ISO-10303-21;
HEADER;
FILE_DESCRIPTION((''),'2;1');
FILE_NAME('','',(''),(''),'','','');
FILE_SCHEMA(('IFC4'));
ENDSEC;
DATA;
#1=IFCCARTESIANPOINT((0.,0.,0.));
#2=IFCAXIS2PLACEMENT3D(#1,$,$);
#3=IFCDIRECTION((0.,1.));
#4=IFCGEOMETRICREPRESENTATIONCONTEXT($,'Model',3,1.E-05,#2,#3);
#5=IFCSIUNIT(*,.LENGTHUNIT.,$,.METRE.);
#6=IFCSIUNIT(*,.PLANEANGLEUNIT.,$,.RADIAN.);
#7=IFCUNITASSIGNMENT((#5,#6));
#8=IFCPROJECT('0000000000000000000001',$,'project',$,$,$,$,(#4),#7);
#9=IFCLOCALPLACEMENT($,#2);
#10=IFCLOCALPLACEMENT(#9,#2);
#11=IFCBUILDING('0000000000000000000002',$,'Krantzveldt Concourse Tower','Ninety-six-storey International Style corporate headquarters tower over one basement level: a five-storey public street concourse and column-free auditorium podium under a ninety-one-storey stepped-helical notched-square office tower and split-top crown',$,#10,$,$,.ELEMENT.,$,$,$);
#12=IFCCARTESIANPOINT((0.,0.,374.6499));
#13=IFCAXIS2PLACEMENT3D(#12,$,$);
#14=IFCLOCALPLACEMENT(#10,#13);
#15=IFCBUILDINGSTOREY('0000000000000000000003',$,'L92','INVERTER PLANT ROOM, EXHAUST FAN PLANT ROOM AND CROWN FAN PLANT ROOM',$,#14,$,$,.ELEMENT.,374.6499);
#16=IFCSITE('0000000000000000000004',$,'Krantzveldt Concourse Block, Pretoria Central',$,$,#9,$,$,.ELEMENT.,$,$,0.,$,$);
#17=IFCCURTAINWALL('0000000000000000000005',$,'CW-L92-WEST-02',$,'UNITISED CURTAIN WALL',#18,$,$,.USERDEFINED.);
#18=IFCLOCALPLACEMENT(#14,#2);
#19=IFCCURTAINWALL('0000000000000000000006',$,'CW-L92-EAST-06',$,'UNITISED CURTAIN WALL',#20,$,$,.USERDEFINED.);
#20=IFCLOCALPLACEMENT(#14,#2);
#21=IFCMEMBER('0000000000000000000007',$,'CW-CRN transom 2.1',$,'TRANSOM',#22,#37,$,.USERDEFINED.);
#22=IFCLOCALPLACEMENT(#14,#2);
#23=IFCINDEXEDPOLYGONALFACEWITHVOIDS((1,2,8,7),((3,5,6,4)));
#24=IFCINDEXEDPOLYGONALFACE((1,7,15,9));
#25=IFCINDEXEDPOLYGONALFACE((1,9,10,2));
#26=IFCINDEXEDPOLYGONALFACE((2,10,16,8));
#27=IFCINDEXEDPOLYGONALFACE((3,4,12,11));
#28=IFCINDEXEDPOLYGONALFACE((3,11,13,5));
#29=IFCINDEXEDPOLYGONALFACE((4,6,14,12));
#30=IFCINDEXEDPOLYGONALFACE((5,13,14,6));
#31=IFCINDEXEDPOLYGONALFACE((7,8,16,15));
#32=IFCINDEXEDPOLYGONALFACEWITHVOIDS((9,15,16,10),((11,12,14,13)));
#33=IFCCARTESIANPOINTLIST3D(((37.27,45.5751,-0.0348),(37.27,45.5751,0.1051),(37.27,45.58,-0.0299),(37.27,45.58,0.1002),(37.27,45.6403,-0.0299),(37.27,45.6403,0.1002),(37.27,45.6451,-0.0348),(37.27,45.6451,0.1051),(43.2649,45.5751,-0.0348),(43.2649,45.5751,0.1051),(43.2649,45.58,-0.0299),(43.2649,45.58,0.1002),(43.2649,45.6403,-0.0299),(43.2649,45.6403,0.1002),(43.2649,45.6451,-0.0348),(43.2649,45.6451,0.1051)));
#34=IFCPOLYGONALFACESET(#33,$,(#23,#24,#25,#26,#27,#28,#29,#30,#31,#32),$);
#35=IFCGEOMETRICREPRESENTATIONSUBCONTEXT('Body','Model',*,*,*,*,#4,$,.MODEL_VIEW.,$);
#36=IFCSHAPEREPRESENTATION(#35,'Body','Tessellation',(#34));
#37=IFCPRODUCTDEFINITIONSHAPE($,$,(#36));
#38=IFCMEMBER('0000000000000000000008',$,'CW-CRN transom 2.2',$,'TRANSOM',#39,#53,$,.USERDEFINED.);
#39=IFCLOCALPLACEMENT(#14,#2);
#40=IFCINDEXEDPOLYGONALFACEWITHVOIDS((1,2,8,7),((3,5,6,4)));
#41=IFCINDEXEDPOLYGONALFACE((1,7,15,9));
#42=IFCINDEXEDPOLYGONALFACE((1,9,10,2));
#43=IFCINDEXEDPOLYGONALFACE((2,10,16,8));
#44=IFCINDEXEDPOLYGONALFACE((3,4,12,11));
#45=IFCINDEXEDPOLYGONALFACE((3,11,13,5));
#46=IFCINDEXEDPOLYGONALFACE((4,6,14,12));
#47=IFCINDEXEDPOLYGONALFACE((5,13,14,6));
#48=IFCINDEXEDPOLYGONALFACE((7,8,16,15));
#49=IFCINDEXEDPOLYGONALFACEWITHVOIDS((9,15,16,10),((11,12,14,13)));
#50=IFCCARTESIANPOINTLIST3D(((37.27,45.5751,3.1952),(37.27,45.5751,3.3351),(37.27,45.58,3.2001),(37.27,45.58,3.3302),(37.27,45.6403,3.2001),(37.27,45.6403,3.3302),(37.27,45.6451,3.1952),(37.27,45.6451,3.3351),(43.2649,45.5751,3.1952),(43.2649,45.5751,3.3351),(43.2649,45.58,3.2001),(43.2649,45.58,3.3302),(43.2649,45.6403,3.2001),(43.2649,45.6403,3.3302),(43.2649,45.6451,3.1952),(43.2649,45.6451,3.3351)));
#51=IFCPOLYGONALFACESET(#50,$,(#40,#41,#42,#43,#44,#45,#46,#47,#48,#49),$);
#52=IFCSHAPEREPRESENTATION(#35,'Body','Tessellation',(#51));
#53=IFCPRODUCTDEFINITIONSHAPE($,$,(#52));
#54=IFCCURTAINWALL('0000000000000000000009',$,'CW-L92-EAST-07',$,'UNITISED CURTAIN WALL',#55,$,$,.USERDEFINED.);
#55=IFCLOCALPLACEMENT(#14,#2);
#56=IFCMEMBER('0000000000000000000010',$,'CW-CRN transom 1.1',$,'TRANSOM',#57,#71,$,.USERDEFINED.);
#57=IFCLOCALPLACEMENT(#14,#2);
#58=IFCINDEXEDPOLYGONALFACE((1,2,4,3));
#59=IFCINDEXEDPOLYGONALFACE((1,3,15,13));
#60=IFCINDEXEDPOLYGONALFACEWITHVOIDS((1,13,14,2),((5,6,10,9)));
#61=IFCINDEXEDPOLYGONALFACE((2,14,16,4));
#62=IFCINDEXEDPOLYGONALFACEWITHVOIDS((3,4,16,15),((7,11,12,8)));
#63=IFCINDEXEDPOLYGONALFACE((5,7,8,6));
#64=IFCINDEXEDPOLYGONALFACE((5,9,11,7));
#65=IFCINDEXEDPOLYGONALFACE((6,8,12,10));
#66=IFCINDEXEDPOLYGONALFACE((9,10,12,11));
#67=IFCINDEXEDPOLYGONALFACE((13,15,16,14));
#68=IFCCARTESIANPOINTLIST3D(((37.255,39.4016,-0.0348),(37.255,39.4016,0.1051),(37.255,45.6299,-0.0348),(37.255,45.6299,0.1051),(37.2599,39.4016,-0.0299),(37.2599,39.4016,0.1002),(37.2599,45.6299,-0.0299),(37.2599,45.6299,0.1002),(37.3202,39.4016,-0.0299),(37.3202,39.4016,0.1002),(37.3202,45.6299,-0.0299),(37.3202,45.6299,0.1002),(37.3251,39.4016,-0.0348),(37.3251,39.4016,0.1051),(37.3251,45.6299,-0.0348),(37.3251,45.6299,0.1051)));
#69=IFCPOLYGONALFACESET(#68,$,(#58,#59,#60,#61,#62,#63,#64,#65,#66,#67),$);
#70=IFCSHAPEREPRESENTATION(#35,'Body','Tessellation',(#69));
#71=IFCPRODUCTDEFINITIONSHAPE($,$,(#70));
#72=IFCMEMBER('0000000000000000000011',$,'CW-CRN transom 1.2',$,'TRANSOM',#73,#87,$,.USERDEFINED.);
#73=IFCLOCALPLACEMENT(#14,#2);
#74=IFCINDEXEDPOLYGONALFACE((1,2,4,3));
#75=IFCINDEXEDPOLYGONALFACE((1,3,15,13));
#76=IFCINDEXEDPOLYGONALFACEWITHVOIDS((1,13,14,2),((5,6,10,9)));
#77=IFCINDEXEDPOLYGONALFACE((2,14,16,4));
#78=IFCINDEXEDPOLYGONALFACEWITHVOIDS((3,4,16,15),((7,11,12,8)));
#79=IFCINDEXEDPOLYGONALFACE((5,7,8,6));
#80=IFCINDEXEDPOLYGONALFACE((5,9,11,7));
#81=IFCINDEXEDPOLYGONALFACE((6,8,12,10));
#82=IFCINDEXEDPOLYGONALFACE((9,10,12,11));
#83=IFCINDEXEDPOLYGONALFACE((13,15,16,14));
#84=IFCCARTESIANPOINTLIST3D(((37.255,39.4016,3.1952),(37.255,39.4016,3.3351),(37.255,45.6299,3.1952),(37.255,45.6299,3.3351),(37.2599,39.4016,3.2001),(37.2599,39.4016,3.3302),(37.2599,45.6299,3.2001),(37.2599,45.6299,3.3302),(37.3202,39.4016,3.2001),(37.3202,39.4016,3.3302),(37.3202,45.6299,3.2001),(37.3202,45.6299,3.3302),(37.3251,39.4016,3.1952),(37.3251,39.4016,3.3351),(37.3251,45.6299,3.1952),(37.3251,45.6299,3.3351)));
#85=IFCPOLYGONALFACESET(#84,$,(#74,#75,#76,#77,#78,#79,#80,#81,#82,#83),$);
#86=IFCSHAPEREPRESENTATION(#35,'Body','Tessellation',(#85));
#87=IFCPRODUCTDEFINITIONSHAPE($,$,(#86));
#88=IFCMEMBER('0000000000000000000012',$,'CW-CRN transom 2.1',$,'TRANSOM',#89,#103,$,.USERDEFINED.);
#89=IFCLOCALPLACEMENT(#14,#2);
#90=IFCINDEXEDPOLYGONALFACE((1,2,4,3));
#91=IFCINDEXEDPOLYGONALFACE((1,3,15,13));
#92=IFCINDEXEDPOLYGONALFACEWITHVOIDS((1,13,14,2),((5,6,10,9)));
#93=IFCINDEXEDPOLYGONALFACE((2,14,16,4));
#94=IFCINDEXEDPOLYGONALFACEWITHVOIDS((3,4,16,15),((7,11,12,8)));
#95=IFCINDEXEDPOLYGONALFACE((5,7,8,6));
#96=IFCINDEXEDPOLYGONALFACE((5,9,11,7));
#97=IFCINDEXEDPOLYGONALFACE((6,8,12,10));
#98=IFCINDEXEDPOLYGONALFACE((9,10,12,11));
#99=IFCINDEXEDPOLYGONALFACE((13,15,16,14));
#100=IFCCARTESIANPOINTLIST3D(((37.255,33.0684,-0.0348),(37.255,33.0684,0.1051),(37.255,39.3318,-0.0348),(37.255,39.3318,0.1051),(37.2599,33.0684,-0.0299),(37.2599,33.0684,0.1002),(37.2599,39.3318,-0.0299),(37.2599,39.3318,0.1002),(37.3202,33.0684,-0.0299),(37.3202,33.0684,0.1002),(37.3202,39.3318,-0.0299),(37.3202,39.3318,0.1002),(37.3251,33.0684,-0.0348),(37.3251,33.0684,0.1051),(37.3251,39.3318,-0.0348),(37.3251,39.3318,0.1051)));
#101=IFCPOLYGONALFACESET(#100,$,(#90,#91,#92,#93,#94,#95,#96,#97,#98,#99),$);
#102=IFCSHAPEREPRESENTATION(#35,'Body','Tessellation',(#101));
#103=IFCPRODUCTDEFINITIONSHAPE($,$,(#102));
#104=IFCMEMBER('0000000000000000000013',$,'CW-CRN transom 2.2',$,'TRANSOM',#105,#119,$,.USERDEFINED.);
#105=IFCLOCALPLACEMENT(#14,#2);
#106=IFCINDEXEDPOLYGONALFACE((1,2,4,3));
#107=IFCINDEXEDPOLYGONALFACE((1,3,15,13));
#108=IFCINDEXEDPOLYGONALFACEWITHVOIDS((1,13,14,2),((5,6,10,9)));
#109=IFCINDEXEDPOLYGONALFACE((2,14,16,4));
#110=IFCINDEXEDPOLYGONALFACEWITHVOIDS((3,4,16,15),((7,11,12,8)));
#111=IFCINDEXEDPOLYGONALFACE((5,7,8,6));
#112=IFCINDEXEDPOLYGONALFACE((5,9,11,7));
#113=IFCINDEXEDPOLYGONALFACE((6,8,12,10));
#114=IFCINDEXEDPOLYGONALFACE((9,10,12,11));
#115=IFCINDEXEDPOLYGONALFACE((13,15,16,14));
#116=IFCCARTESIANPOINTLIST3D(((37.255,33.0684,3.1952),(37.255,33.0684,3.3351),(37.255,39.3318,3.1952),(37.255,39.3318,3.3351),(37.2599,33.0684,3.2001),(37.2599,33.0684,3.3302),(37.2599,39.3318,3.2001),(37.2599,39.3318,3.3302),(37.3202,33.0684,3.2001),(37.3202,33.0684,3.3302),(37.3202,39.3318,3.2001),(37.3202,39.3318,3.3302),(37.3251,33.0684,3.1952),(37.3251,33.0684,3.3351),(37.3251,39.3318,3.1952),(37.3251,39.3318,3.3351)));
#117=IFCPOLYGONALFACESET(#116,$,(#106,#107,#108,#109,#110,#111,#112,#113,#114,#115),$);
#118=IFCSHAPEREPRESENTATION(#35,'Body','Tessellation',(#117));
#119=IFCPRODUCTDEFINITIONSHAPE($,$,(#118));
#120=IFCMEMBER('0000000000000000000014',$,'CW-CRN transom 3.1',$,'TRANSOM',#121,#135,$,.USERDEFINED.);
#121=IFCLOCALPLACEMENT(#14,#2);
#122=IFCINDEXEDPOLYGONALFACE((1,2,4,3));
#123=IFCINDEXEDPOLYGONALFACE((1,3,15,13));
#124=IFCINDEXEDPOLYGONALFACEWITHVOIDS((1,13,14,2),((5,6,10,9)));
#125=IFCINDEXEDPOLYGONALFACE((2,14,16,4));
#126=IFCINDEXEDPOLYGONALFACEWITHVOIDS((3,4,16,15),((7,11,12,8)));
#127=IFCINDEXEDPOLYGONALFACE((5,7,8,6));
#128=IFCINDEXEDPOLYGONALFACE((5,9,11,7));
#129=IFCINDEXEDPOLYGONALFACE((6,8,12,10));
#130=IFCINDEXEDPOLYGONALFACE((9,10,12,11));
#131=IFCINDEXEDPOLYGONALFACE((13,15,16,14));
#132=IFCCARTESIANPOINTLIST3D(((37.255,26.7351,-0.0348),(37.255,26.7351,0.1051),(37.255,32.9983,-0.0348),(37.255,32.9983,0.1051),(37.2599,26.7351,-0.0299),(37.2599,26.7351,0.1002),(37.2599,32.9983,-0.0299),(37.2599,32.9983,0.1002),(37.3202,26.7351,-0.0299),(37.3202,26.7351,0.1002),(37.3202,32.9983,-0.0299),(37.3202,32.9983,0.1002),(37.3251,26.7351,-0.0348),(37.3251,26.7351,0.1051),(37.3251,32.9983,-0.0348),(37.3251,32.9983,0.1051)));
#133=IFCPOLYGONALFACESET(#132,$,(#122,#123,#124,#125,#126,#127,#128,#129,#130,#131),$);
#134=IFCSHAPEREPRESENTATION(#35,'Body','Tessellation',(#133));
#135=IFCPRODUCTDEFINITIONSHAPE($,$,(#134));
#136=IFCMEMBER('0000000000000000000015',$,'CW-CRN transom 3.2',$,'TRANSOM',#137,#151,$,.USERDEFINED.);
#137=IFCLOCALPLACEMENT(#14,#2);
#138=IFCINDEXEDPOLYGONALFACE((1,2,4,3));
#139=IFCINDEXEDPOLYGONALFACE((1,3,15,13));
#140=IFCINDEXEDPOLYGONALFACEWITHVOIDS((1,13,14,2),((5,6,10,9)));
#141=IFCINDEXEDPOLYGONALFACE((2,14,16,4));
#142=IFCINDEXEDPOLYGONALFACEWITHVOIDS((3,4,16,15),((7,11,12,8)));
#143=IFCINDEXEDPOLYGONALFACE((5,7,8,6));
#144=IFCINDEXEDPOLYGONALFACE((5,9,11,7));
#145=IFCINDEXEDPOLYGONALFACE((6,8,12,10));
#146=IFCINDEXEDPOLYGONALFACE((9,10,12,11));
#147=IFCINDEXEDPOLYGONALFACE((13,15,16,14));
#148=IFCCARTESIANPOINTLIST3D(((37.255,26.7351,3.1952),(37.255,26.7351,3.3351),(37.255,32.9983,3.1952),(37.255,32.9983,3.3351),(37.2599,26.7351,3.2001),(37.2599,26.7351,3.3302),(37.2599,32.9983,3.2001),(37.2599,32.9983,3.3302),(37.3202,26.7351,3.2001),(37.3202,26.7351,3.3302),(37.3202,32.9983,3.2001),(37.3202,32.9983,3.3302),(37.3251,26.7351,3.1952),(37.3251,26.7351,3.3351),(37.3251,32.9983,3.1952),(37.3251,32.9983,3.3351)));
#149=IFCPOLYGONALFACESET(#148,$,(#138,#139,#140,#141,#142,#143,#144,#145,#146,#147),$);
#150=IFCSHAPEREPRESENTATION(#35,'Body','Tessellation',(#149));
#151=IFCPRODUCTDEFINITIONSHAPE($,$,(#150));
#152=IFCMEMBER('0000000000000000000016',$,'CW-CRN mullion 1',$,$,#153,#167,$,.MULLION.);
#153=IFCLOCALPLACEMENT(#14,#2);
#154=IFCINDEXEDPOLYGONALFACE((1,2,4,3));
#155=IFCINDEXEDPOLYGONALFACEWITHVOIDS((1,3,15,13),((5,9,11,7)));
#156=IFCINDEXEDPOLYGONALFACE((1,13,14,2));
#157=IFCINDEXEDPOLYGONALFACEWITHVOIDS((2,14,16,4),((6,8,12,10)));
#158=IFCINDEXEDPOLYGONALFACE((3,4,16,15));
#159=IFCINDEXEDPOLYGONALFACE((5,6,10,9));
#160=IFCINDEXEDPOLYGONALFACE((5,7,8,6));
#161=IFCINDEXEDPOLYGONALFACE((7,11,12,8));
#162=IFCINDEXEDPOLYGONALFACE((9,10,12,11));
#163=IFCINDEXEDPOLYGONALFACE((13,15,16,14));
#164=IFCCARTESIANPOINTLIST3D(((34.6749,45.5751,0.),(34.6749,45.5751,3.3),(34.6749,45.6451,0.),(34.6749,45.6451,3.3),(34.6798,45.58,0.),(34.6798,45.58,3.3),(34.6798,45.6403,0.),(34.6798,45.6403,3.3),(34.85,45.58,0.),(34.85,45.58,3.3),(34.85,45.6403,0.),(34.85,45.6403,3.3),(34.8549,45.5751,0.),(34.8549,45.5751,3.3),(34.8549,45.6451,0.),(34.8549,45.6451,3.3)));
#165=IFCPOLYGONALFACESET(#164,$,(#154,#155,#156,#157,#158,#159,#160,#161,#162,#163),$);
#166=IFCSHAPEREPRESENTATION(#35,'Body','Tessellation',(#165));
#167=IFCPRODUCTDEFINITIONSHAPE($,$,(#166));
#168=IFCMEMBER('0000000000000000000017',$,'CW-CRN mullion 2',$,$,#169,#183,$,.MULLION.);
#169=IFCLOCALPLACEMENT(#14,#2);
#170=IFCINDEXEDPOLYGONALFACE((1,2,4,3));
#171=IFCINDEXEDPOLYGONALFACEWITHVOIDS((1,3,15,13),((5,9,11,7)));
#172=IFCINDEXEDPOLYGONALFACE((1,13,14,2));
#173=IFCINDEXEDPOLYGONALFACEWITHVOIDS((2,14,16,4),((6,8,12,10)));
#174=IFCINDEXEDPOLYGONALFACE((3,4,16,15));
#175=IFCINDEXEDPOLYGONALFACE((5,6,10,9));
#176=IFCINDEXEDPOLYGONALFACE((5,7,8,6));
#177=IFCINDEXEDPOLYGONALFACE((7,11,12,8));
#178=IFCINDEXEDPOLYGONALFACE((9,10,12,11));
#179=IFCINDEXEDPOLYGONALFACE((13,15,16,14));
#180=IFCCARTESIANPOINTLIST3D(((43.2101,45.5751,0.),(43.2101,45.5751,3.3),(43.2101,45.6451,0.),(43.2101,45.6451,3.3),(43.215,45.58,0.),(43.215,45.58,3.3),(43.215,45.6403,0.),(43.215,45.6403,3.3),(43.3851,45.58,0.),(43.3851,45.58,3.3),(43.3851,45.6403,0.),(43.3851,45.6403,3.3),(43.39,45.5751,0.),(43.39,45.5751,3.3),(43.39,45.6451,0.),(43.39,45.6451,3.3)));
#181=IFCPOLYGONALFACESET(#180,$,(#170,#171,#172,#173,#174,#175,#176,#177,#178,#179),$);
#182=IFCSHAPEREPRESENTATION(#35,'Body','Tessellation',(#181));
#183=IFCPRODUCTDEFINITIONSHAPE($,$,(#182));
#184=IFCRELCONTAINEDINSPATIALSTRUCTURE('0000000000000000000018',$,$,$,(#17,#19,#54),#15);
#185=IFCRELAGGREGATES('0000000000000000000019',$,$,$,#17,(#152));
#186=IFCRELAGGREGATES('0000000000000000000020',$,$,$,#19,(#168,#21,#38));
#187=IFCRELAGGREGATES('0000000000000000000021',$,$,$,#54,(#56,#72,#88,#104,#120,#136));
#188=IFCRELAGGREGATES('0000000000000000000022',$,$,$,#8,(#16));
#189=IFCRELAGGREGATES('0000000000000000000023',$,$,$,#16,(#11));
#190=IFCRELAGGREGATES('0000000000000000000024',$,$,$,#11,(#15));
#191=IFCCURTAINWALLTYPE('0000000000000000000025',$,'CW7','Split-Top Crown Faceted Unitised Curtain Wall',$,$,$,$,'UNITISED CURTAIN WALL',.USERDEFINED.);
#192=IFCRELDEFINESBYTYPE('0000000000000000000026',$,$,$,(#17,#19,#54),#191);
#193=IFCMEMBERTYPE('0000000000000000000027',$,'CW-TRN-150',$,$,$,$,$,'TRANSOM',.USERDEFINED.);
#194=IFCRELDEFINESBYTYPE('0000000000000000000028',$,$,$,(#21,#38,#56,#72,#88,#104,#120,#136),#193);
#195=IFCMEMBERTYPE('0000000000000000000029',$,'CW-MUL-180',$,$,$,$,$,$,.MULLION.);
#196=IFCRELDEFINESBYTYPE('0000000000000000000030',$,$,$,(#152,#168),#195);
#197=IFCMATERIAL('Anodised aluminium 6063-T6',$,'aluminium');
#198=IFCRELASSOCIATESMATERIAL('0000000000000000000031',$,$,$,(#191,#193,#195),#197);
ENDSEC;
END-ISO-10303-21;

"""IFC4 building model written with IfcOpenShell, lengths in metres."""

from ifc_helpers import new_model, si_unit, direction, frame, origin, origin_2d, place, context, subcontext, project, spatial, hollow_rectangle, extrude, source, transform, mapped, material, material_profile, profile_set, type_object, type_shapes, element, aggregate, save


model = new_model("IFC4")

# Units and contexts
model_context = context("Model", 3, precision=1e-05, world=origin(), true_north=direction((0.0, 1.0)))
body_context = subcontext(model_context, "Body", "Model", "MODEL_VIEW")
ifc_project = project(units=[si_unit("LENGTHUNIT", "METRE"), si_unit("PLANEANGLEUNIT", "RADIAN")], contexts=[model_context])

# Site, building, storey
site_placement = place(None, origin())
site = spatial("IfcSite", under=ifc_project, at=site_placement, Name="Krantzveldt Concourse Block, Pretoria Central", CompositionType="ELEMENT", RefElevation=0.0)
building_placement = place(site_placement, origin())
building = spatial("IfcBuilding", under=site, at=building_placement, Name="Krantzveldt Concourse Tower", Description="Ninety-six-storey International Style corporate headquarters tower over one basement level: a five-storey public street concourse and column-free auditorium podium under a ninety-one-storey stepped-helical notched-square office tower and split-top crown", CompositionType="ELEMENT")
storey_placement = place(building_placement, frame((0.0, 0.0, 374.6499)))
storey = spatial("IfcBuildingStorey", under=building, at=storey_placement, Name="L92", Description="INVERTER PLANT ROOM, EXHAUST FAN PLANT ROOM AND CROWN FAN PLANT ROOM", CompositionType="ELEMENT", Elevation=374.6499)

# Curtain wall
ifc_material_1 = material(Name="Anodised aluminium 6063-T6", Category="aluminium")
curtain_wall_type = type_object("IfcCurtainWallType", Name="CW7", Description="Split-Top Crown Faceted Unitised Curtain Wall", ElementType="UNITISED CURTAIN WALL", PredefinedType="USERDEFINED", material=ifc_material_1)
curtain_wall_1_placement = place(storey_placement, origin())
curtain_wall_1 = element("IfcCurtainWall", 1, at=curtain_wall_1_placement, inside=storey, type_object=curtain_wall_type, Name="CW-L92-WEST-02", ObjectType="UNITISED CURTAIN WALL", PredefinedType="USERDEFINED")
ifc_material_profile_1 = material_profile(ifc_material_1, hollow_rectangle(XDim=0.0701, YDim=0.1399, WallThickness=0.0049, at=origin_2d()), Name="Anodised aluminium 6063-T6", Category="aluminium")
ifc_profile_set_1 = profile_set([ifc_material_profile_1], Name="Anodised aluminium 6063-T6 - ALU-TRAN 140x70x5")
member_type_1 = type_object("IfcMemberType", Name="CW-TRN-150", ElementType="TRANSOM", PredefinedType="USERDEFINED", material=ifc_profile_set_1)
shared_shape_1 = source(origin(), body_context, "Body", "SweptSolid", [
    extrude(hollow_rectangle(XDim=0.0701, YDim=0.1399, WallThickness=0.0049, at=origin_2d()), origin(), (0.0, 0.0, 1.0), 5.9949),
])

# Curtain walls, members
curtain_wall_2_placement = place(storey_placement, origin())
curtain_wall_2 = element("IfcCurtainWall", 2, at=curtain_wall_2_placement, inside=storey, type_object=curtain_wall_type, Name="CW-L92-EAST-06", ObjectType="UNITISED CURTAIN WALL", PredefinedType="USERDEFINED")
member_1_placement = place(storey_placement, frame((43.2649, 45.6101, 0.0352), z_axis=(-1.0, 0.0, 0.0), x_axis=(0.0, -1.0, 0.0)))
member_1 = element("IfcMember", 3, at=member_1_placement, type_object=member_type_1, Name="CW-CRN transom 2.1", ObjectType="TRANSOM", PredefinedType="USERDEFINED", context=body_context, shape_type="MappedRepresentation", body=[
    mapped(shared_shape_1, transform((0.0, 0.0, 0.0), x_axis=(1.0, 0.0, 0.0), y_axis=(0.0, 1.0, 0.0), z_axis=(0.0, 0.0, 1.0), scale=1.0)),
])
member_2_placement = place(storey_placement, frame((43.2649, 45.6101, 3.2651), z_axis=(-1.0, 0.0, 0.0), x_axis=(0.0, -1.0, 0.0)))
member_2 = element("IfcMember", 4, at=member_2_placement, type_object=member_type_1, Name="CW-CRN transom 2.2", ObjectType="TRANSOM", PredefinedType="USERDEFINED", context=body_context, shape_type="MappedRepresentation", body=[
    mapped(shared_shape_1, transform((0.0, 0.0, 0.0), x_axis=(1.0, 0.0, 0.0), y_axis=(0.0, 1.0, 0.0), z_axis=(0.0, 0.0, 1.0), scale=1.0)),
])
curtain_wall_3_placement = place(storey_placement, origin())
curtain_wall_3 = element("IfcCurtainWall", 5, at=curtain_wall_3_placement, inside=storey, type_object=curtain_wall_type, Name="CW-L92-EAST-07", ObjectType="UNITISED CURTAIN WALL", PredefinedType="USERDEFINED")
shared_shape_2 = source(origin(), body_context, "Body", "SweptSolid", [
    extrude(hollow_rectangle(XDim=0.0701, YDim=0.1399, WallThickness=0.0049, at=origin_2d()), origin(), (0.0, 0.0, 1.0), 6.2283),
])
member_3_placement = place(storey_placement, frame((37.29, 45.6299, 0.0352), z_axis=(0.0, -1.0, 0.0), x_axis=(1.0, 0.0, 0.0)))
member_3 = element("IfcMember", 6, at=member_3_placement, type_object=member_type_1, Name="CW-CRN transom 1.1", ObjectType="TRANSOM", PredefinedType="USERDEFINED", context=body_context, shape_type="MappedRepresentation", body=[
    mapped(shared_shape_2, transform((0.0, 0.0, 0.0), x_axis=(1.0, 0.0, 0.0), y_axis=(0.0, 1.0, 0.0), z_axis=(0.0, 0.0, 1.0), scale=1.0)),
])
member_4_placement = place(storey_placement, frame((37.29, 45.6299, 3.2651), z_axis=(0.0, -1.0, 0.0), x_axis=(1.0, 0.0, 0.0)))
member_4 = element("IfcMember", 7, at=member_4_placement, type_object=member_type_1, Name="CW-CRN transom 1.2", ObjectType="TRANSOM", PredefinedType="USERDEFINED", context=body_context, shape_type="MappedRepresentation", body=[
    mapped(shared_shape_2, transform((0.0, 0.0, 0.0), x_axis=(1.0, 0.0, 0.0), y_axis=(0.0, 1.0, 0.0), z_axis=(0.0, 0.0, 1.0), scale=1.0)),
])
shared_shape_3 = source(origin(), body_context, "Body", "SweptSolid", [
    extrude(hollow_rectangle(XDim=0.0701, YDim=0.1399, WallThickness=0.0049, at=origin_2d()), origin(), (0.0, 0.0, 1.0), 6.2634),
])
member_5_placement = place(storey_placement, frame((37.29, 39.3318, 0.0352), z_axis=(0.0, -1.0, 0.0), x_axis=(1.0, 0.0, 0.0)))
member_5 = element("IfcMember", 8, at=member_5_placement, type_object=member_type_1, Name="CW-CRN transom 2.1", ObjectType="TRANSOM", PredefinedType="USERDEFINED", context=body_context, shape_type="MappedRepresentation", body=[
    mapped(shared_shape_3, transform((0.0, 0.0, 0.0), x_axis=(1.0, 0.0, 0.0), y_axis=(0.0, 1.0, 0.0), z_axis=(0.0, 0.0, 1.0), scale=1.0)),
])
member_6_placement = place(storey_placement, frame((37.29, 39.3318, 3.2651), z_axis=(0.0, -1.0, 0.0), x_axis=(1.0, 0.0, 0.0)))
member_6 = element("IfcMember", 9, at=member_6_placement, type_object=member_type_1, Name="CW-CRN transom 2.2", ObjectType="TRANSOM", PredefinedType="USERDEFINED", context=body_context, shape_type="MappedRepresentation", body=[
    mapped(shared_shape_3, transform((0.0, 0.0, 0.0), x_axis=(1.0, 0.0, 0.0), y_axis=(0.0, 1.0, 0.0), z_axis=(0.0, 0.0, 1.0), scale=1.0)),
])
shared_shape_4 = source(origin(), body_context, "Body", "SweptSolid", [
    extrude(hollow_rectangle(XDim=0.0701, YDim=0.1399, WallThickness=0.0049, at=origin_2d()), origin(), (0.0, 0.0, 1.0), 6.2632),
])
type_shapes(member_type_1, [shared_shape_1, shared_shape_2, shared_shape_3, shared_shape_4])
member_7_placement = place(storey_placement, frame((37.29, 32.9983, 0.0352), z_axis=(0.0, -1.0, 0.0), x_axis=(1.0, 0.0, 0.0)))
member_7 = element("IfcMember", 10, at=member_7_placement, type_object=member_type_1, Name="CW-CRN transom 3.1", ObjectType="TRANSOM", PredefinedType="USERDEFINED", context=body_context, shape_type="MappedRepresentation", body=[
    mapped(shared_shape_4, transform((0.0, 0.0, 0.0), x_axis=(1.0, 0.0, 0.0), y_axis=(0.0, 1.0, 0.0), z_axis=(0.0, 0.0, 1.0), scale=1.0)),
])
member_8_placement = place(storey_placement, frame((37.29, 32.9983, 3.2651), z_axis=(0.0, -1.0, 0.0), x_axis=(1.0, 0.0, 0.0)))
member_8 = element("IfcMember", 11, at=member_8_placement, type_object=member_type_1, Name="CW-CRN transom 3.2", ObjectType="TRANSOM", PredefinedType="USERDEFINED", context=body_context, shape_type="MappedRepresentation", body=[
    mapped(shared_shape_4, transform((0.0, 0.0, 0.0), x_axis=(1.0, 0.0, 0.0), y_axis=(0.0, 1.0, 0.0), z_axis=(0.0, 0.0, 1.0), scale=1.0)),
])

# Members
ifc_material_profile_2 = material_profile(ifc_material_1, hollow_rectangle(XDim=0.0701, YDim=0.1799, WallThickness=0.0049, at=origin_2d()), Name="Anodised aluminium 6063-T6", Category="aluminium")
ifc_profile_set_2 = profile_set([ifc_material_profile_2], Name="Anodised aluminium 6063-T6 - ALU-MULL 180x70x5")
member_type_2 = type_object("IfcMemberType", Name="CW-MUL-180", PredefinedType="MULLION", material=ifc_profile_set_2)
shared_shape_5 = source(origin(), body_context, "Body", "SweptSolid", [
    extrude(hollow_rectangle(XDim=0.0701, YDim=0.1799, WallThickness=0.0049, at=origin_2d()), origin(), (0.0, 0.0, 1.0), 3.3),
])
type_shapes(member_type_2, [shared_shape_5])
member_9_placement = place(storey_placement, frame((34.7649, 45.6101, 0.0), z_axis=(0.0, 0.0, 1.0), x_axis=(0.0, -1.0, 0.0)))
member_9 = element("IfcMember", 12, at=member_9_placement, type_object=member_type_2, Name="CW-CRN mullion 1", PredefinedType="MULLION", context=body_context, shape_type="MappedRepresentation", body=[
    mapped(shared_shape_5, transform((0.0, 0.0, 0.0), x_axis=(1.0, 0.0, 0.0), y_axis=(0.0, 1.0, 0.0), z_axis=(0.0, 0.0, 1.0), scale=1.0)),
])
aggregate(curtain_wall_1, [member_9])
member_10_placement = place(storey_placement, frame((43.3, 45.6101, 0.0), z_axis=(0.0, 0.0, 1.0), x_axis=(0.0, -1.0, 0.0)))
member_10 = element("IfcMember", 13, at=member_10_placement, type_object=member_type_2, Name="CW-CRN mullion 2", PredefinedType="MULLION", context=body_context, shape_type="MappedRepresentation", body=[
    mapped(shared_shape_5, transform((0.0, 0.0, 0.0), x_axis=(1.0, 0.0, 0.0), y_axis=(0.0, 1.0, 0.0), z_axis=(0.0, 0.0, 1.0), scale=1.0)),
])

aggregate(curtain_wall_2, [member_10, member_1, member_2])
aggregate(curtain_wall_3, [member_3, member_4, member_5, member_6, member_7, member_8])

save(model, "model.ifc")
